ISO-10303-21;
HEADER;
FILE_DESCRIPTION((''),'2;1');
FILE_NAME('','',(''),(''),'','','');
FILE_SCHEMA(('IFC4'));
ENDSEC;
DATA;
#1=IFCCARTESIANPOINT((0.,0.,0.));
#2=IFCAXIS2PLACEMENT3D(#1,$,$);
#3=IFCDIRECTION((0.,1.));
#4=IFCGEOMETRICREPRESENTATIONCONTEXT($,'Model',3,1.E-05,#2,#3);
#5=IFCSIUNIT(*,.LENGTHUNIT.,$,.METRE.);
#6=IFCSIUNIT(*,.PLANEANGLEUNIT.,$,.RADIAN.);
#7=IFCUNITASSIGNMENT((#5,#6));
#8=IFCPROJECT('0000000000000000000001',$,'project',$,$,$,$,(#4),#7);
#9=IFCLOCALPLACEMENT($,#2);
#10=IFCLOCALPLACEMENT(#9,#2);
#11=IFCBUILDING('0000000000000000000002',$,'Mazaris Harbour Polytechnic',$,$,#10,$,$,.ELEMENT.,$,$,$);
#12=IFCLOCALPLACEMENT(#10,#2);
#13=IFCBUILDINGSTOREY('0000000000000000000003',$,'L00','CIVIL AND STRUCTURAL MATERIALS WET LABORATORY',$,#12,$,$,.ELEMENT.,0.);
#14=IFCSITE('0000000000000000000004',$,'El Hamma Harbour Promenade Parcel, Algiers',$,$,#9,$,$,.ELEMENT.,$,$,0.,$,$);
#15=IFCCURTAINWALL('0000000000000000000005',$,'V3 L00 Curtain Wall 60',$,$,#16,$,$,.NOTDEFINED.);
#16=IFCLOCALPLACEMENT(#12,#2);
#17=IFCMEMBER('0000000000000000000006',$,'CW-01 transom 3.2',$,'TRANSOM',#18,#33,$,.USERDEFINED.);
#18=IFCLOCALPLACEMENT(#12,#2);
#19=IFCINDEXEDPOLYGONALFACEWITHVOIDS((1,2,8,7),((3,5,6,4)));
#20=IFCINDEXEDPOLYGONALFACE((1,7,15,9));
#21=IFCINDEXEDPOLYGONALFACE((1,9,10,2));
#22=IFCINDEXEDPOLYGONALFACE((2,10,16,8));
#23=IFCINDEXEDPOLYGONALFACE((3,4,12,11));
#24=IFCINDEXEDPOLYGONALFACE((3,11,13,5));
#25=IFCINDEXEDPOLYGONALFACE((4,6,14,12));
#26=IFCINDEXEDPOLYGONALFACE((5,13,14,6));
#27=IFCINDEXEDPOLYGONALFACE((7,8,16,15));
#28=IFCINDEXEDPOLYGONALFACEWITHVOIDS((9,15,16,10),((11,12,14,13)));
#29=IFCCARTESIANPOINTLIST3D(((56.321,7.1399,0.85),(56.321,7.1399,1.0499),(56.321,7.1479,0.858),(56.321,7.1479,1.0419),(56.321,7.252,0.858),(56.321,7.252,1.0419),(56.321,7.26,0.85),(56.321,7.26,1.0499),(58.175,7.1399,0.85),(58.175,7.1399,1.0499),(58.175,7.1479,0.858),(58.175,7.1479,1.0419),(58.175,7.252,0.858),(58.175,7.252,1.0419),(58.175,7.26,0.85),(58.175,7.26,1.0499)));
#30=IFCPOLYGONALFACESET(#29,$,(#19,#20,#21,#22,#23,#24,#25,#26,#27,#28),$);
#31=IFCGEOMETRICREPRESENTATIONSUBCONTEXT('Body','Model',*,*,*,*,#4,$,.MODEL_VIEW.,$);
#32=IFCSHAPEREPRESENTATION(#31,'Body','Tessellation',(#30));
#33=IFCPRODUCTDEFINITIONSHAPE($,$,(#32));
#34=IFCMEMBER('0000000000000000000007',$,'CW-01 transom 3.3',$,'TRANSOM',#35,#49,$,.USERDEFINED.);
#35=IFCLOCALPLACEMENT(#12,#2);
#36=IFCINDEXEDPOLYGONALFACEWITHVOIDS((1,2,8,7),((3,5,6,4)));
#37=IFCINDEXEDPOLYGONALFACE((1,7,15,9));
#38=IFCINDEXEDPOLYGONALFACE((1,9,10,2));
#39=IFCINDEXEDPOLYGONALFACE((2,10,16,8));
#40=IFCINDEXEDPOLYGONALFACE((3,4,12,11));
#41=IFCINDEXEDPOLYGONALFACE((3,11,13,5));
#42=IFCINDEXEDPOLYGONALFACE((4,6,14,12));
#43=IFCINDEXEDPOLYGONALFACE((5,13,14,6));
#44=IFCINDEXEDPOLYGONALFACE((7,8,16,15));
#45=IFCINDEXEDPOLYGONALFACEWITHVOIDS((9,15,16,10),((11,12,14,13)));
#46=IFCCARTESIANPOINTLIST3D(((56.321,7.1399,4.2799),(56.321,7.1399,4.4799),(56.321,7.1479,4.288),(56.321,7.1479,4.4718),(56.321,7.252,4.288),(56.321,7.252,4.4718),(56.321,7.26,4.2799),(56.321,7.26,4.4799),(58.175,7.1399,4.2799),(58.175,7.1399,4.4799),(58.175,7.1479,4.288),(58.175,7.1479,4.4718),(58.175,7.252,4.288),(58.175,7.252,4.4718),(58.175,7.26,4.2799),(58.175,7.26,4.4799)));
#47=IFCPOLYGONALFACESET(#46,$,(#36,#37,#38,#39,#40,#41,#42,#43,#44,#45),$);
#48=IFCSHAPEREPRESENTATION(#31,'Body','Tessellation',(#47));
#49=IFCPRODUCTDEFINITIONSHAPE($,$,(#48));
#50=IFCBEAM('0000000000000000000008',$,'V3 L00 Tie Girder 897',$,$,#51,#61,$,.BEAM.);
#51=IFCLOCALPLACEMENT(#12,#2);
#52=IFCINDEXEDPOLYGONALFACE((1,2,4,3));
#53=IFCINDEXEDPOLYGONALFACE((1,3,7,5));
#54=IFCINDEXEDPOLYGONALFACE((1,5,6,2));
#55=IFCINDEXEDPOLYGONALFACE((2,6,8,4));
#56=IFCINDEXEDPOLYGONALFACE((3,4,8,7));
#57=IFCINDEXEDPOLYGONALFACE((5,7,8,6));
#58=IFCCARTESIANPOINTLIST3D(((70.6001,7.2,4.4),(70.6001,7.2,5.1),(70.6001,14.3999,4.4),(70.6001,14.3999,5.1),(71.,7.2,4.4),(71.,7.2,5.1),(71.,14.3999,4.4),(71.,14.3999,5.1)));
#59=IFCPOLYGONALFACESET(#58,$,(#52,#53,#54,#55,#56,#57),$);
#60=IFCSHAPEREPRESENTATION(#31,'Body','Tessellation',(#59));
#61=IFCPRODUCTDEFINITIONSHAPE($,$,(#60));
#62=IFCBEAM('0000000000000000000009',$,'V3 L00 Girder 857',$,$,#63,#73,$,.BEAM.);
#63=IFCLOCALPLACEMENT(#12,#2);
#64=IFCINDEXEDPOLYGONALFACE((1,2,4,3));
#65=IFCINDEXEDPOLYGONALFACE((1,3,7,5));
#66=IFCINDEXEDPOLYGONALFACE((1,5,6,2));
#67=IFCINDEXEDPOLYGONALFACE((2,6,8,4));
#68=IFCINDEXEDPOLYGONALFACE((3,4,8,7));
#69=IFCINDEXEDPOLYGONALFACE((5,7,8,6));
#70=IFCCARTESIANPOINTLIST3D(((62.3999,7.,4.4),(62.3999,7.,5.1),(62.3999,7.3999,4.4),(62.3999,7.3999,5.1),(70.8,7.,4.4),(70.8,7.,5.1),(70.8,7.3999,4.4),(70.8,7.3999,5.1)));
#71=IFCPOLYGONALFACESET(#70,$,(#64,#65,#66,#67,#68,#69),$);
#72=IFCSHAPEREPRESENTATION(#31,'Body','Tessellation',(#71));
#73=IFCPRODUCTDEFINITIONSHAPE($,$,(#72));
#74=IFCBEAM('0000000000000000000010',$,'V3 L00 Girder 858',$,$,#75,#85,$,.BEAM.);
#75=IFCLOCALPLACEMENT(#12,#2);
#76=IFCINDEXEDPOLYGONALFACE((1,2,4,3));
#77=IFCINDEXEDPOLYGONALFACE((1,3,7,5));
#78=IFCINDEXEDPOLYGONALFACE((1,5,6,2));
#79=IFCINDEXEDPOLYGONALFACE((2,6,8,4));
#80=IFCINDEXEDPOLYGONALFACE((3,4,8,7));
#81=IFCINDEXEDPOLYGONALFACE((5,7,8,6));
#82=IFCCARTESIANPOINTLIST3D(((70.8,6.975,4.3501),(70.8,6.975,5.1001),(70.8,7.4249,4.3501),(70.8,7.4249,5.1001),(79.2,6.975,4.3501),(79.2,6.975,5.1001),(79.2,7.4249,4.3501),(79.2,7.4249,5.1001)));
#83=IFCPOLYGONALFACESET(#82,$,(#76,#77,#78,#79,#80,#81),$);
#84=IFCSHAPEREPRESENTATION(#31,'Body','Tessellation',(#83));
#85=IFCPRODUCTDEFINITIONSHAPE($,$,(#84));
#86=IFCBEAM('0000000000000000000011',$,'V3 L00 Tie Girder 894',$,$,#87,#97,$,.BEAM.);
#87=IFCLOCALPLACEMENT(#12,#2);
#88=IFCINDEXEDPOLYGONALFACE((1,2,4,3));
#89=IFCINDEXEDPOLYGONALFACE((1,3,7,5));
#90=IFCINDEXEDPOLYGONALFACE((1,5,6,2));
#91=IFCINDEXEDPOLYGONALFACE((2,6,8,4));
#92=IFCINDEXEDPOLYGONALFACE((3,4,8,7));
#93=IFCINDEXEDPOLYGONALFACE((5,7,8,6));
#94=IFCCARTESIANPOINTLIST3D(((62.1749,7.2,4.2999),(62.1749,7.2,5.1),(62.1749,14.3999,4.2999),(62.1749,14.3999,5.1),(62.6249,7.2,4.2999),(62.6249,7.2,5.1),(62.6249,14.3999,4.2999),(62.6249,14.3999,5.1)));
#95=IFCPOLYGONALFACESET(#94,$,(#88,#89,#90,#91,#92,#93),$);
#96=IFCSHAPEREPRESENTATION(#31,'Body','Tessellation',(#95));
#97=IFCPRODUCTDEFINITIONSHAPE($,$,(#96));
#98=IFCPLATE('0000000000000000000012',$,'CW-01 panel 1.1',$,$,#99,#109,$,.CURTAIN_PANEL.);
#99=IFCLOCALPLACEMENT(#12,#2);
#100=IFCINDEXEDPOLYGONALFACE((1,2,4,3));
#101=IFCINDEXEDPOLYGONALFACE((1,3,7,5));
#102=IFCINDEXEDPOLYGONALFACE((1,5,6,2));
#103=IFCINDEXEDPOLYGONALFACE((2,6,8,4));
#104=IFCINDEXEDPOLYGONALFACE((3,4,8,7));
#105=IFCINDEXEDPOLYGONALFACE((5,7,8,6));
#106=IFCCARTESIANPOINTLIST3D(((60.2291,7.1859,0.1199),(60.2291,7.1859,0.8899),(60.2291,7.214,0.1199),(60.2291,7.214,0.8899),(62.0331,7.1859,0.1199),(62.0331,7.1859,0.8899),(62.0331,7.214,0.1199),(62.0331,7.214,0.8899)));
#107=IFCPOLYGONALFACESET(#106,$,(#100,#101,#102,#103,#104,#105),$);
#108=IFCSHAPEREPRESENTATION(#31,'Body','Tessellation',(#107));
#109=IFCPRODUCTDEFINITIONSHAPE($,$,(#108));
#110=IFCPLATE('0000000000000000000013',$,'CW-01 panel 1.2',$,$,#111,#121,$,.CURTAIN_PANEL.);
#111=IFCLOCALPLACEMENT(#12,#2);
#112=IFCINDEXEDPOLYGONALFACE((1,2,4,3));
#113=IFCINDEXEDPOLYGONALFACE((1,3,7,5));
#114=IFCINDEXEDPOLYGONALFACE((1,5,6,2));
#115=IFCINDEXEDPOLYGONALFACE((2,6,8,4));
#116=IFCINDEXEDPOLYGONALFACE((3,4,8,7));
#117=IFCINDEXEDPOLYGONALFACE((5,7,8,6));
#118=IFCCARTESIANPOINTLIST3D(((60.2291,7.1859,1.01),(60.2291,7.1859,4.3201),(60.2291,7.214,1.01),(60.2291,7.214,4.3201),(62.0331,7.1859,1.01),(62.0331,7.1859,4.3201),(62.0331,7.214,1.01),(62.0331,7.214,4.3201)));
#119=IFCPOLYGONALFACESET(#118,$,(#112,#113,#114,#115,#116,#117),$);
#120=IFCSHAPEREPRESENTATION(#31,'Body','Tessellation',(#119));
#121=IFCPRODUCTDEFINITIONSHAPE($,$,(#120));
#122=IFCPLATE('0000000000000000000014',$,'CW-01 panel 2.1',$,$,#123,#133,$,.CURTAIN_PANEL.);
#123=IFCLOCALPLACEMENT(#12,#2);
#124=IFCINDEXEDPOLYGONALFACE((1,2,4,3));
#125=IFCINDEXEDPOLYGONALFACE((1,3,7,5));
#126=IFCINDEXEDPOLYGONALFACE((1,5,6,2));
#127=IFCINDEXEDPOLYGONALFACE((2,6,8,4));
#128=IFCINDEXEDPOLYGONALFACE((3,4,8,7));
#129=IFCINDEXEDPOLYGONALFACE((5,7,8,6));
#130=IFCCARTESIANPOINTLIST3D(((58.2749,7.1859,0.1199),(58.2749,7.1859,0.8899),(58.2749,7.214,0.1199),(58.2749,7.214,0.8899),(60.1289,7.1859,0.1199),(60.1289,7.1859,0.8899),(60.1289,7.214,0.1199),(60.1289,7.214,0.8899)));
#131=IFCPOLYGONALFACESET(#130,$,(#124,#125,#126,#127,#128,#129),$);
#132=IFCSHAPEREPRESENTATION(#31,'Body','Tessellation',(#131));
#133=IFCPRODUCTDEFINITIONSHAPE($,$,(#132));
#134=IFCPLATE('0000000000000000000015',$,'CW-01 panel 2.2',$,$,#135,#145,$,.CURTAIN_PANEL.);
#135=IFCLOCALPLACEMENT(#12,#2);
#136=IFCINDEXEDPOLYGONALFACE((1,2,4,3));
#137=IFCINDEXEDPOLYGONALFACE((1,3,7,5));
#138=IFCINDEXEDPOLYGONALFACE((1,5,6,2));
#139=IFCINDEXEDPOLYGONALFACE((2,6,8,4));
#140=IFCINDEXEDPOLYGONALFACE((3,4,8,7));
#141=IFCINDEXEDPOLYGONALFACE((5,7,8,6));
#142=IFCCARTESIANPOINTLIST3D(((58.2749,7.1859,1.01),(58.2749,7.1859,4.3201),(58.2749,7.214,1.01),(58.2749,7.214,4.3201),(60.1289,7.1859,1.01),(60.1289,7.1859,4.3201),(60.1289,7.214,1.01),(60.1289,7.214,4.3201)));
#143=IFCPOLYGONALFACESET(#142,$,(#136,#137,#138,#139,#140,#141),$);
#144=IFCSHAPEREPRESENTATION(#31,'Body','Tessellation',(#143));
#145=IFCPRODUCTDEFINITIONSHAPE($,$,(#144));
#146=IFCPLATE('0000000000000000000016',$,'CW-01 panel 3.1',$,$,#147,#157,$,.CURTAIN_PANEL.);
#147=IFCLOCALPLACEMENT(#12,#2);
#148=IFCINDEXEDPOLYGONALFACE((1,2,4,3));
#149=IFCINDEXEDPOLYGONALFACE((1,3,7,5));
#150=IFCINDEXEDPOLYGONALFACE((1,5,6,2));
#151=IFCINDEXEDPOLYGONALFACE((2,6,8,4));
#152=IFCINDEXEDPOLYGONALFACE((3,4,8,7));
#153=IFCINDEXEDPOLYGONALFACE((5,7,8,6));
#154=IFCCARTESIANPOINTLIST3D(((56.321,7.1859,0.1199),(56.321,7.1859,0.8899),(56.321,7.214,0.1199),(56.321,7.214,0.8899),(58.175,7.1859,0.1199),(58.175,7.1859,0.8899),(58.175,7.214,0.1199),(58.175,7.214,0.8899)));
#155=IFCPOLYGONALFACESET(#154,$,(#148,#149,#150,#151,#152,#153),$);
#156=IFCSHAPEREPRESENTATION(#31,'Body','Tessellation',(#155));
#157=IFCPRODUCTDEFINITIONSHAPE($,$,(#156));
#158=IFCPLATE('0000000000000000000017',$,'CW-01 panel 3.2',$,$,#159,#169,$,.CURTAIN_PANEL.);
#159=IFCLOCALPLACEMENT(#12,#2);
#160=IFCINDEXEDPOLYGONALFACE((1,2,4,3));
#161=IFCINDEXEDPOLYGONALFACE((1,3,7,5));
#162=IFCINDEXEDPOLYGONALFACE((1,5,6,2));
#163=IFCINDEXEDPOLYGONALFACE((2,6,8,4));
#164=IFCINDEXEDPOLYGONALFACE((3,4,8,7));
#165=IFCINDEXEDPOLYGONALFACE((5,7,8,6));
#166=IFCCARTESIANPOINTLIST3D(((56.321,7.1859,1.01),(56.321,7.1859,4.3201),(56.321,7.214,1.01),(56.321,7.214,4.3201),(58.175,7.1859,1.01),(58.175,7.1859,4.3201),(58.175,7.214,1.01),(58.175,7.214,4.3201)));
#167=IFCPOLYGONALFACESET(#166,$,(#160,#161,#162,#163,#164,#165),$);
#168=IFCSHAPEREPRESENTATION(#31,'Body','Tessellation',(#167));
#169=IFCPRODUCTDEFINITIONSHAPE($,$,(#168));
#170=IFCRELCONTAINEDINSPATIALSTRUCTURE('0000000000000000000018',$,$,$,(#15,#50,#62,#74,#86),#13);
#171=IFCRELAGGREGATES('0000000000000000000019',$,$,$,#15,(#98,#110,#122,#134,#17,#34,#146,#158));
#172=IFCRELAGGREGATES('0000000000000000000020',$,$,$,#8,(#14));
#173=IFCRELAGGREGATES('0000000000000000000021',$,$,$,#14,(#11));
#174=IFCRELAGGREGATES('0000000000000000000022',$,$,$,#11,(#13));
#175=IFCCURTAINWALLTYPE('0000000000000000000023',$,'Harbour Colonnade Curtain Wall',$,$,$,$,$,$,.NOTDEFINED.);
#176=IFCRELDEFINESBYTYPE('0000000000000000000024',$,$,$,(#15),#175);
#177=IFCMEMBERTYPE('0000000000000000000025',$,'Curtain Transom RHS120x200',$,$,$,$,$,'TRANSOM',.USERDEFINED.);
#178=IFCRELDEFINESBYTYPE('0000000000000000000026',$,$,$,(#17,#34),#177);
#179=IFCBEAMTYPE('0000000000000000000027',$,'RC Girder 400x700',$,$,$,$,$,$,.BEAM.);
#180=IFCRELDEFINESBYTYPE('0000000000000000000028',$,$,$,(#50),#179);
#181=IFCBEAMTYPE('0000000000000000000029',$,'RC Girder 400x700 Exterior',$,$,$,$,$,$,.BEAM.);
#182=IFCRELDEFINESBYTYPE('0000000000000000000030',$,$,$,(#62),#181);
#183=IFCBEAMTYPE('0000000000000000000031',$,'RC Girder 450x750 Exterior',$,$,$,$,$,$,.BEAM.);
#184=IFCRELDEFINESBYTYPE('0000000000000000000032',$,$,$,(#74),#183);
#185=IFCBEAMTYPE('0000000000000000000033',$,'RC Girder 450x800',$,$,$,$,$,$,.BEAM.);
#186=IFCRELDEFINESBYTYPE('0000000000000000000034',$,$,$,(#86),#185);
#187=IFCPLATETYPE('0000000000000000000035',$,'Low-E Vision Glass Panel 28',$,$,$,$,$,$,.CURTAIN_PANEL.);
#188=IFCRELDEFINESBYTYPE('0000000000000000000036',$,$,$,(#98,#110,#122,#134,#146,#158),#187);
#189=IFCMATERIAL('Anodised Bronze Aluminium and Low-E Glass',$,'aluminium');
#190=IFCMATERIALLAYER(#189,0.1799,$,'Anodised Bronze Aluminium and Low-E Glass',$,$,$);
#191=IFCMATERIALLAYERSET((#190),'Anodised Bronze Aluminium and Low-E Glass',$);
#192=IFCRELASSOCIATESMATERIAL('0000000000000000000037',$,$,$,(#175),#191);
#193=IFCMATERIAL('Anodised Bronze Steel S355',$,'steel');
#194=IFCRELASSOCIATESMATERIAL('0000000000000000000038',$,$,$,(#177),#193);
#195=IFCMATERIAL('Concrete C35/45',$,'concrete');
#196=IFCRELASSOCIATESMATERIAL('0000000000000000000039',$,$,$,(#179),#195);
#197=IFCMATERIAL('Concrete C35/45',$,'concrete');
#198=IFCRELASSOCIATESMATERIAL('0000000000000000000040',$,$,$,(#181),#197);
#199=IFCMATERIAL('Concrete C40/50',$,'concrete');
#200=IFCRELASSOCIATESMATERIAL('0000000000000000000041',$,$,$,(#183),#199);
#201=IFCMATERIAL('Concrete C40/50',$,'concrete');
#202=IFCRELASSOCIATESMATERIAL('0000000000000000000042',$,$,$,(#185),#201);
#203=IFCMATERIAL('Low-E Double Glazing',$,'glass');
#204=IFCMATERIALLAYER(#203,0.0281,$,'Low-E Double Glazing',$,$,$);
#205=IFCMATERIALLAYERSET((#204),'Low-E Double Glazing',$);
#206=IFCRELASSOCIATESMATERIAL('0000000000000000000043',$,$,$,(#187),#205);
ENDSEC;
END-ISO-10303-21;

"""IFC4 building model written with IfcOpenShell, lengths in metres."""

from ifc_helpers import new_model, si_unit, direction, frame, origin, origin_2d, place, context, subcontext, project, spatial, rectangle, hollow_rectangle, extrude, material, layer, layer_set, material_profile, profile_set, type_object, element, aggregate, save


model = new_model("IFC4")

# Units and contexts
model_context = context("Model", 3, precision=1e-05, world=origin(), true_north=direction((0.0, 1.0)))
body_context = subcontext(model_context, "Body", "Model", "MODEL_VIEW")
ifc_project = project(units=[si_unit("LENGTHUNIT", "METRE"), si_unit("PLANEANGLEUNIT", "RADIAN")], contexts=[model_context])

# Site, building, storey
site_placement = place(None, origin())
site = spatial("IfcSite", under=ifc_project, at=site_placement, Name="El Hamma Harbour Promenade Parcel, Algiers", CompositionType="ELEMENT", RefElevation=0.0)
building_placement = place(site_placement, origin())
building = spatial("IfcBuilding", under=site, at=building_placement, Name="Mazaris Harbour Polytechnic", CompositionType="ELEMENT")
storey_placement = place(building_placement, origin())
storey = spatial("IfcBuildingStorey", under=building, at=storey_placement, Name="L00", Description="CIVIL AND STRUCTURAL MATERIALS WET LABORATORY", CompositionType="ELEMENT", Elevation=0.0)

# Curtain wall
ifc_material_1 = material(Name="Anodised Bronze Aluminium and Low-E Glass", Category="aluminium")
ifc_layer_1 = layer(ifc_material_1, 0.1799, Name="Anodised Bronze Aluminium and Low-E Glass")
ifc_layer_set_1 = layer_set([ifc_layer_1], Name="Anodised Bronze Aluminium and Low-E Glass")
curtain_wall_type = type_object("IfcCurtainWallType", Name="Harbour Colonnade Curtain Wall", PredefinedType="NOTDEFINED", material=ifc_layer_set_1)
curtain_wall_1_placement = place(storey_placement, origin())
curtain_wall_1 = element("IfcCurtainWall", 1, at=curtain_wall_1_placement, inside=storey, type_object=curtain_wall_type, Name="V3 L00 Curtain Wall 60", PredefinedType="NOTDEFINED")

# Members
ifc_material_2 = material(Name="Anodised Bronze Steel S355", Category="steel")
ifc_material_profile_1 = material_profile(ifc_material_2, hollow_rectangle(XDim=0.1201, YDim=0.2, WallThickness=0.0081, at=origin_2d()), Name="RHS 120x200x8.0")
ifc_profile_set_1 = profile_set([ifc_material_profile_1], Name="Anodised Bronze Steel S355")
member_type_1 = type_object("IfcMemberType", Name="Curtain Transom RHS120x200", ElementType="TRANSOM", PredefinedType="USERDEFINED", material=ifc_profile_set_1)
member_1_placement = place(storey_placement, frame((58.175, 7.2, 0.95), z_axis=(-1.0, 0.0, 0.0), x_axis=(0.0, -1.0, 0.0)))
member_1 = element("IfcMember", 2, at=member_1_placement, type_object=member_type_1, Name="CW-01 transom 3.2", ObjectType="TRANSOM", PredefinedType="USERDEFINED", context=body_context, shape_type="SweptSolid", body=[
    extrude(hollow_rectangle(XDim=0.1201, YDim=0.2, WallThickness=0.0081, at=origin_2d()), origin(), (0.0, 0.0, 1.0), 1.854),
])
member_2_placement = place(storey_placement, frame((58.175, 7.2, 4.3799), z_axis=(-1.0, 0.0, 0.0), x_axis=(0.0, -1.0, 0.0)))
member_2 = element("IfcMember", 3, at=member_2_placement, type_object=member_type_1, Name="CW-01 transom 3.3", ObjectType="TRANSOM", PredefinedType="USERDEFINED", context=body_context, shape_type="SweptSolid", body=[
    extrude(hollow_rectangle(XDim=0.1201, YDim=0.2, WallThickness=0.0081, at=origin_2d()), origin(), (0.0, 0.0, 1.0), 1.854),
])

# Beams
ifc_material_3 = material(Name="Concrete C35/45", Category="concrete")
ifc_material_profile_2 = material_profile(ifc_material_3, rectangle(XDim=0.3999, YDim=0.7, at=origin_2d()), Name="RECT400x700")
ifc_profile_set_2 = profile_set([ifc_material_profile_2], Name="Concrete C35/45")
beam_type_1 = type_object("IfcBeamType", Name="RC Girder 400x700", PredefinedType="BEAM", material=ifc_profile_set_2)
beam_1_placement = place(storey_placement, frame((70.8, 7.2, 4.75), z_axis=(0.0, 1.0, 0.0), x_axis=(-1.0, 0.0, 0.0)))
element("IfcBeam", 4, at=beam_1_placement, inside=storey, type_object=beam_type_1, Name="V3 L00 Tie Girder 897", PredefinedType="BEAM", context=body_context, shape_type="SweptSolid", body=[
    extrude(rectangle(XDim=0.3999, YDim=0.7, at=origin_2d()), origin(), (0.0, 0.0, 1.0), 7.2),
])
ifc_material_4 = material(Name="Concrete C35/45", Category="concrete")
ifc_material_profile_3 = material_profile(ifc_material_4, rectangle(XDim=0.3999, YDim=0.7, at=origin_2d()), Name="RECT400x700")
ifc_profile_set_3 = profile_set([ifc_material_profile_3], Name="Concrete C35/45")
beam_type_2 = type_object("IfcBeamType", Name="RC Girder 400x700 Exterior", PredefinedType="BEAM", material=ifc_profile_set_3)
beam_2_placement = place(storey_placement, frame((62.3999, 7.2, 4.75), z_axis=(1.0, 0.0, 0.0), x_axis=(0.0, 1.0, 0.0)))
element("IfcBeam", 5, at=beam_2_placement, inside=storey, type_object=beam_type_2, Name="V3 L00 Girder 857", PredefinedType="BEAM", context=body_context, shape_type="SweptSolid", body=[
    extrude(rectangle(XDim=0.3999, YDim=0.7, at=origin_2d()), origin(), (0.0, 0.0, 1.0), 8.4001),
])
ifc_material_5 = material(Name="Concrete C40/50", Category="concrete")
ifc_material_profile_4 = material_profile(ifc_material_5, rectangle(XDim=0.45, YDim=0.75, at=origin_2d()), Name="RECT450x750")
ifc_profile_set_4 = profile_set([ifc_material_profile_4], Name="Concrete C40/50")
beam_type_3 = type_object("IfcBeamType", Name="RC Girder 450x750 Exterior", PredefinedType="BEAM", material=ifc_profile_set_4)
beam_3_placement = place(storey_placement, frame((70.8, 7.2, 4.7251), z_axis=(1.0, 0.0, 0.0), x_axis=(0.0, 1.0, 0.0)))
element("IfcBeam", 6, at=beam_3_placement, inside=storey, type_object=beam_type_3, Name="V3 L00 Girder 858", PredefinedType="BEAM", context=body_context, shape_type="SweptSolid", body=[
    extrude(rectangle(XDim=0.45, YDim=0.75, at=origin_2d()), origin(), (0.0, 0.0, 1.0), 8.3999),
])
ifc_material_6 = material(Name="Concrete C40/50", Category="concrete")
ifc_material_profile_5 = material_profile(ifc_material_6, rectangle(XDim=0.45, YDim=0.8, at=origin_2d()), Name="RECT450x800")
ifc_profile_set_5 = profile_set([ifc_material_profile_5], Name="Concrete C40/50")
beam_type_4 = type_object("IfcBeamType", Name="RC Girder 450x800", PredefinedType="BEAM", material=ifc_profile_set_5)
beam_4_placement = place(storey_placement, frame((62.3999, 7.2, 4.7), z_axis=(0.0, 1.0, 0.0), x_axis=(-1.0, 0.0, 0.0)))
element("IfcBeam", 7, at=beam_4_placement, inside=storey, type_object=beam_type_4, Name="V3 L00 Tie Girder 894", PredefinedType="BEAM", context=body_context, shape_type="SweptSolid", body=[
    extrude(rectangle(XDim=0.45, YDim=0.8, at=origin_2d()), origin(), (0.0, 0.0, 1.0), 7.2),
])

# Plates
ifc_material_7 = material(Name="Low-E Double Glazing", Category="glass")
ifc_layer_2 = layer(ifc_material_7, 0.0281, Name="Low-E Double Glazing")
ifc_layer_set_2 = layer_set([ifc_layer_2], Name="Low-E Double Glazing")
plate_type = type_object("IfcPlateType", Name="Low-E Vision Glass Panel 28", PredefinedType="CURTAIN_PANEL", material=ifc_layer_set_2)
plate_1_placement = place(storey_placement, frame((61.1311, 7.2, 0.1199), z_axis=(0.0, 0.0, 1.0), x_axis=(-1.0, 0.0, 0.0)))
plate_1 = element("IfcPlate", 8, at=plate_1_placement, type_object=plate_type, Name="CW-01 panel 1.1", PredefinedType="CURTAIN_PANEL", context=body_context, shape_type="SweptSolid", body=[
    extrude(rectangle(XDim=1.804, YDim=0.0281, at=origin_2d()), origin(), (0.0, 0.0, 1.0), 0.77),
])
plate_2_placement = place(storey_placement, frame((61.1311, 7.2, 1.01), z_axis=(0.0, 0.0, 1.0), x_axis=(-1.0, 0.0, 0.0)))
plate_2 = element("IfcPlate", 9, at=plate_2_placement, type_object=plate_type, Name="CW-01 panel 1.2", PredefinedType="CURTAIN_PANEL", context=body_context, shape_type="SweptSolid", body=[
    extrude(rectangle(XDim=1.804, YDim=0.0281, at=origin_2d()), origin(), (0.0, 0.0, 1.0), 3.3101),
])
plate_3_placement = place(storey_placement, frame((59.2019, 7.2, 0.1199), z_axis=(0.0, 0.0, 1.0), x_axis=(-1.0, 0.0, 0.0)))
plate_3 = element("IfcPlate", 10, at=plate_3_placement, type_object=plate_type, Name="CW-01 panel 2.1", PredefinedType="CURTAIN_PANEL", context=body_context, shape_type="SweptSolid", body=[
    extrude(rectangle(XDim=1.854, YDim=0.0281, at=origin_2d()), origin(), (0.0, 0.0, 1.0), 0.77),
])
plate_4_placement = place(storey_placement, frame((59.2019, 7.2, 1.01), z_axis=(0.0, 0.0, 1.0), x_axis=(-1.0, 0.0, 0.0)))
plate_4 = element("IfcPlate", 11, at=plate_4_placement, type_object=plate_type, Name="CW-01 panel 2.2", PredefinedType="CURTAIN_PANEL", context=body_context, shape_type="SweptSolid", body=[
    extrude(rectangle(XDim=1.854, YDim=0.0281, at=origin_2d()), origin(), (0.0, 0.0, 1.0), 3.3101),
])
plate_5_placement = place(storey_placement, frame((57.248, 7.2, 0.1199), z_axis=(0.0, 0.0, 1.0), x_axis=(-1.0, 0.0, 0.0)))
plate_5 = element("IfcPlate", 12, at=plate_5_placement, type_object=plate_type, Name="CW-01 panel 3.1", PredefinedType="CURTAIN_PANEL", context=body_context, shape_type="SweptSolid", body=[
    extrude(rectangle(XDim=1.854, YDim=0.0281, at=origin_2d()), origin(), (0.0, 0.0, 1.0), 0.77),
])
plate_6_placement = place(storey_placement, frame((57.248, 7.2, 1.01), z_axis=(0.0, 0.0, 1.0), x_axis=(-1.0, 0.0, 0.0)))
plate_6 = element("IfcPlate", 13, at=plate_6_placement, type_object=plate_type, Name="CW-01 panel 3.2", PredefinedType="CURTAIN_PANEL", context=body_context, shape_type="SweptSolid", body=[
    extrude(rectangle(XDim=1.854, YDim=0.0281, at=origin_2d()), origin(), (0.0, 0.0, 1.0), 3.3101),
])
aggregate(curtain_wall_1, [plate_1, plate_2, plate_3, plate_4, member_1, member_2, plate_5, plate_6])

save(model, "model.ifc")
